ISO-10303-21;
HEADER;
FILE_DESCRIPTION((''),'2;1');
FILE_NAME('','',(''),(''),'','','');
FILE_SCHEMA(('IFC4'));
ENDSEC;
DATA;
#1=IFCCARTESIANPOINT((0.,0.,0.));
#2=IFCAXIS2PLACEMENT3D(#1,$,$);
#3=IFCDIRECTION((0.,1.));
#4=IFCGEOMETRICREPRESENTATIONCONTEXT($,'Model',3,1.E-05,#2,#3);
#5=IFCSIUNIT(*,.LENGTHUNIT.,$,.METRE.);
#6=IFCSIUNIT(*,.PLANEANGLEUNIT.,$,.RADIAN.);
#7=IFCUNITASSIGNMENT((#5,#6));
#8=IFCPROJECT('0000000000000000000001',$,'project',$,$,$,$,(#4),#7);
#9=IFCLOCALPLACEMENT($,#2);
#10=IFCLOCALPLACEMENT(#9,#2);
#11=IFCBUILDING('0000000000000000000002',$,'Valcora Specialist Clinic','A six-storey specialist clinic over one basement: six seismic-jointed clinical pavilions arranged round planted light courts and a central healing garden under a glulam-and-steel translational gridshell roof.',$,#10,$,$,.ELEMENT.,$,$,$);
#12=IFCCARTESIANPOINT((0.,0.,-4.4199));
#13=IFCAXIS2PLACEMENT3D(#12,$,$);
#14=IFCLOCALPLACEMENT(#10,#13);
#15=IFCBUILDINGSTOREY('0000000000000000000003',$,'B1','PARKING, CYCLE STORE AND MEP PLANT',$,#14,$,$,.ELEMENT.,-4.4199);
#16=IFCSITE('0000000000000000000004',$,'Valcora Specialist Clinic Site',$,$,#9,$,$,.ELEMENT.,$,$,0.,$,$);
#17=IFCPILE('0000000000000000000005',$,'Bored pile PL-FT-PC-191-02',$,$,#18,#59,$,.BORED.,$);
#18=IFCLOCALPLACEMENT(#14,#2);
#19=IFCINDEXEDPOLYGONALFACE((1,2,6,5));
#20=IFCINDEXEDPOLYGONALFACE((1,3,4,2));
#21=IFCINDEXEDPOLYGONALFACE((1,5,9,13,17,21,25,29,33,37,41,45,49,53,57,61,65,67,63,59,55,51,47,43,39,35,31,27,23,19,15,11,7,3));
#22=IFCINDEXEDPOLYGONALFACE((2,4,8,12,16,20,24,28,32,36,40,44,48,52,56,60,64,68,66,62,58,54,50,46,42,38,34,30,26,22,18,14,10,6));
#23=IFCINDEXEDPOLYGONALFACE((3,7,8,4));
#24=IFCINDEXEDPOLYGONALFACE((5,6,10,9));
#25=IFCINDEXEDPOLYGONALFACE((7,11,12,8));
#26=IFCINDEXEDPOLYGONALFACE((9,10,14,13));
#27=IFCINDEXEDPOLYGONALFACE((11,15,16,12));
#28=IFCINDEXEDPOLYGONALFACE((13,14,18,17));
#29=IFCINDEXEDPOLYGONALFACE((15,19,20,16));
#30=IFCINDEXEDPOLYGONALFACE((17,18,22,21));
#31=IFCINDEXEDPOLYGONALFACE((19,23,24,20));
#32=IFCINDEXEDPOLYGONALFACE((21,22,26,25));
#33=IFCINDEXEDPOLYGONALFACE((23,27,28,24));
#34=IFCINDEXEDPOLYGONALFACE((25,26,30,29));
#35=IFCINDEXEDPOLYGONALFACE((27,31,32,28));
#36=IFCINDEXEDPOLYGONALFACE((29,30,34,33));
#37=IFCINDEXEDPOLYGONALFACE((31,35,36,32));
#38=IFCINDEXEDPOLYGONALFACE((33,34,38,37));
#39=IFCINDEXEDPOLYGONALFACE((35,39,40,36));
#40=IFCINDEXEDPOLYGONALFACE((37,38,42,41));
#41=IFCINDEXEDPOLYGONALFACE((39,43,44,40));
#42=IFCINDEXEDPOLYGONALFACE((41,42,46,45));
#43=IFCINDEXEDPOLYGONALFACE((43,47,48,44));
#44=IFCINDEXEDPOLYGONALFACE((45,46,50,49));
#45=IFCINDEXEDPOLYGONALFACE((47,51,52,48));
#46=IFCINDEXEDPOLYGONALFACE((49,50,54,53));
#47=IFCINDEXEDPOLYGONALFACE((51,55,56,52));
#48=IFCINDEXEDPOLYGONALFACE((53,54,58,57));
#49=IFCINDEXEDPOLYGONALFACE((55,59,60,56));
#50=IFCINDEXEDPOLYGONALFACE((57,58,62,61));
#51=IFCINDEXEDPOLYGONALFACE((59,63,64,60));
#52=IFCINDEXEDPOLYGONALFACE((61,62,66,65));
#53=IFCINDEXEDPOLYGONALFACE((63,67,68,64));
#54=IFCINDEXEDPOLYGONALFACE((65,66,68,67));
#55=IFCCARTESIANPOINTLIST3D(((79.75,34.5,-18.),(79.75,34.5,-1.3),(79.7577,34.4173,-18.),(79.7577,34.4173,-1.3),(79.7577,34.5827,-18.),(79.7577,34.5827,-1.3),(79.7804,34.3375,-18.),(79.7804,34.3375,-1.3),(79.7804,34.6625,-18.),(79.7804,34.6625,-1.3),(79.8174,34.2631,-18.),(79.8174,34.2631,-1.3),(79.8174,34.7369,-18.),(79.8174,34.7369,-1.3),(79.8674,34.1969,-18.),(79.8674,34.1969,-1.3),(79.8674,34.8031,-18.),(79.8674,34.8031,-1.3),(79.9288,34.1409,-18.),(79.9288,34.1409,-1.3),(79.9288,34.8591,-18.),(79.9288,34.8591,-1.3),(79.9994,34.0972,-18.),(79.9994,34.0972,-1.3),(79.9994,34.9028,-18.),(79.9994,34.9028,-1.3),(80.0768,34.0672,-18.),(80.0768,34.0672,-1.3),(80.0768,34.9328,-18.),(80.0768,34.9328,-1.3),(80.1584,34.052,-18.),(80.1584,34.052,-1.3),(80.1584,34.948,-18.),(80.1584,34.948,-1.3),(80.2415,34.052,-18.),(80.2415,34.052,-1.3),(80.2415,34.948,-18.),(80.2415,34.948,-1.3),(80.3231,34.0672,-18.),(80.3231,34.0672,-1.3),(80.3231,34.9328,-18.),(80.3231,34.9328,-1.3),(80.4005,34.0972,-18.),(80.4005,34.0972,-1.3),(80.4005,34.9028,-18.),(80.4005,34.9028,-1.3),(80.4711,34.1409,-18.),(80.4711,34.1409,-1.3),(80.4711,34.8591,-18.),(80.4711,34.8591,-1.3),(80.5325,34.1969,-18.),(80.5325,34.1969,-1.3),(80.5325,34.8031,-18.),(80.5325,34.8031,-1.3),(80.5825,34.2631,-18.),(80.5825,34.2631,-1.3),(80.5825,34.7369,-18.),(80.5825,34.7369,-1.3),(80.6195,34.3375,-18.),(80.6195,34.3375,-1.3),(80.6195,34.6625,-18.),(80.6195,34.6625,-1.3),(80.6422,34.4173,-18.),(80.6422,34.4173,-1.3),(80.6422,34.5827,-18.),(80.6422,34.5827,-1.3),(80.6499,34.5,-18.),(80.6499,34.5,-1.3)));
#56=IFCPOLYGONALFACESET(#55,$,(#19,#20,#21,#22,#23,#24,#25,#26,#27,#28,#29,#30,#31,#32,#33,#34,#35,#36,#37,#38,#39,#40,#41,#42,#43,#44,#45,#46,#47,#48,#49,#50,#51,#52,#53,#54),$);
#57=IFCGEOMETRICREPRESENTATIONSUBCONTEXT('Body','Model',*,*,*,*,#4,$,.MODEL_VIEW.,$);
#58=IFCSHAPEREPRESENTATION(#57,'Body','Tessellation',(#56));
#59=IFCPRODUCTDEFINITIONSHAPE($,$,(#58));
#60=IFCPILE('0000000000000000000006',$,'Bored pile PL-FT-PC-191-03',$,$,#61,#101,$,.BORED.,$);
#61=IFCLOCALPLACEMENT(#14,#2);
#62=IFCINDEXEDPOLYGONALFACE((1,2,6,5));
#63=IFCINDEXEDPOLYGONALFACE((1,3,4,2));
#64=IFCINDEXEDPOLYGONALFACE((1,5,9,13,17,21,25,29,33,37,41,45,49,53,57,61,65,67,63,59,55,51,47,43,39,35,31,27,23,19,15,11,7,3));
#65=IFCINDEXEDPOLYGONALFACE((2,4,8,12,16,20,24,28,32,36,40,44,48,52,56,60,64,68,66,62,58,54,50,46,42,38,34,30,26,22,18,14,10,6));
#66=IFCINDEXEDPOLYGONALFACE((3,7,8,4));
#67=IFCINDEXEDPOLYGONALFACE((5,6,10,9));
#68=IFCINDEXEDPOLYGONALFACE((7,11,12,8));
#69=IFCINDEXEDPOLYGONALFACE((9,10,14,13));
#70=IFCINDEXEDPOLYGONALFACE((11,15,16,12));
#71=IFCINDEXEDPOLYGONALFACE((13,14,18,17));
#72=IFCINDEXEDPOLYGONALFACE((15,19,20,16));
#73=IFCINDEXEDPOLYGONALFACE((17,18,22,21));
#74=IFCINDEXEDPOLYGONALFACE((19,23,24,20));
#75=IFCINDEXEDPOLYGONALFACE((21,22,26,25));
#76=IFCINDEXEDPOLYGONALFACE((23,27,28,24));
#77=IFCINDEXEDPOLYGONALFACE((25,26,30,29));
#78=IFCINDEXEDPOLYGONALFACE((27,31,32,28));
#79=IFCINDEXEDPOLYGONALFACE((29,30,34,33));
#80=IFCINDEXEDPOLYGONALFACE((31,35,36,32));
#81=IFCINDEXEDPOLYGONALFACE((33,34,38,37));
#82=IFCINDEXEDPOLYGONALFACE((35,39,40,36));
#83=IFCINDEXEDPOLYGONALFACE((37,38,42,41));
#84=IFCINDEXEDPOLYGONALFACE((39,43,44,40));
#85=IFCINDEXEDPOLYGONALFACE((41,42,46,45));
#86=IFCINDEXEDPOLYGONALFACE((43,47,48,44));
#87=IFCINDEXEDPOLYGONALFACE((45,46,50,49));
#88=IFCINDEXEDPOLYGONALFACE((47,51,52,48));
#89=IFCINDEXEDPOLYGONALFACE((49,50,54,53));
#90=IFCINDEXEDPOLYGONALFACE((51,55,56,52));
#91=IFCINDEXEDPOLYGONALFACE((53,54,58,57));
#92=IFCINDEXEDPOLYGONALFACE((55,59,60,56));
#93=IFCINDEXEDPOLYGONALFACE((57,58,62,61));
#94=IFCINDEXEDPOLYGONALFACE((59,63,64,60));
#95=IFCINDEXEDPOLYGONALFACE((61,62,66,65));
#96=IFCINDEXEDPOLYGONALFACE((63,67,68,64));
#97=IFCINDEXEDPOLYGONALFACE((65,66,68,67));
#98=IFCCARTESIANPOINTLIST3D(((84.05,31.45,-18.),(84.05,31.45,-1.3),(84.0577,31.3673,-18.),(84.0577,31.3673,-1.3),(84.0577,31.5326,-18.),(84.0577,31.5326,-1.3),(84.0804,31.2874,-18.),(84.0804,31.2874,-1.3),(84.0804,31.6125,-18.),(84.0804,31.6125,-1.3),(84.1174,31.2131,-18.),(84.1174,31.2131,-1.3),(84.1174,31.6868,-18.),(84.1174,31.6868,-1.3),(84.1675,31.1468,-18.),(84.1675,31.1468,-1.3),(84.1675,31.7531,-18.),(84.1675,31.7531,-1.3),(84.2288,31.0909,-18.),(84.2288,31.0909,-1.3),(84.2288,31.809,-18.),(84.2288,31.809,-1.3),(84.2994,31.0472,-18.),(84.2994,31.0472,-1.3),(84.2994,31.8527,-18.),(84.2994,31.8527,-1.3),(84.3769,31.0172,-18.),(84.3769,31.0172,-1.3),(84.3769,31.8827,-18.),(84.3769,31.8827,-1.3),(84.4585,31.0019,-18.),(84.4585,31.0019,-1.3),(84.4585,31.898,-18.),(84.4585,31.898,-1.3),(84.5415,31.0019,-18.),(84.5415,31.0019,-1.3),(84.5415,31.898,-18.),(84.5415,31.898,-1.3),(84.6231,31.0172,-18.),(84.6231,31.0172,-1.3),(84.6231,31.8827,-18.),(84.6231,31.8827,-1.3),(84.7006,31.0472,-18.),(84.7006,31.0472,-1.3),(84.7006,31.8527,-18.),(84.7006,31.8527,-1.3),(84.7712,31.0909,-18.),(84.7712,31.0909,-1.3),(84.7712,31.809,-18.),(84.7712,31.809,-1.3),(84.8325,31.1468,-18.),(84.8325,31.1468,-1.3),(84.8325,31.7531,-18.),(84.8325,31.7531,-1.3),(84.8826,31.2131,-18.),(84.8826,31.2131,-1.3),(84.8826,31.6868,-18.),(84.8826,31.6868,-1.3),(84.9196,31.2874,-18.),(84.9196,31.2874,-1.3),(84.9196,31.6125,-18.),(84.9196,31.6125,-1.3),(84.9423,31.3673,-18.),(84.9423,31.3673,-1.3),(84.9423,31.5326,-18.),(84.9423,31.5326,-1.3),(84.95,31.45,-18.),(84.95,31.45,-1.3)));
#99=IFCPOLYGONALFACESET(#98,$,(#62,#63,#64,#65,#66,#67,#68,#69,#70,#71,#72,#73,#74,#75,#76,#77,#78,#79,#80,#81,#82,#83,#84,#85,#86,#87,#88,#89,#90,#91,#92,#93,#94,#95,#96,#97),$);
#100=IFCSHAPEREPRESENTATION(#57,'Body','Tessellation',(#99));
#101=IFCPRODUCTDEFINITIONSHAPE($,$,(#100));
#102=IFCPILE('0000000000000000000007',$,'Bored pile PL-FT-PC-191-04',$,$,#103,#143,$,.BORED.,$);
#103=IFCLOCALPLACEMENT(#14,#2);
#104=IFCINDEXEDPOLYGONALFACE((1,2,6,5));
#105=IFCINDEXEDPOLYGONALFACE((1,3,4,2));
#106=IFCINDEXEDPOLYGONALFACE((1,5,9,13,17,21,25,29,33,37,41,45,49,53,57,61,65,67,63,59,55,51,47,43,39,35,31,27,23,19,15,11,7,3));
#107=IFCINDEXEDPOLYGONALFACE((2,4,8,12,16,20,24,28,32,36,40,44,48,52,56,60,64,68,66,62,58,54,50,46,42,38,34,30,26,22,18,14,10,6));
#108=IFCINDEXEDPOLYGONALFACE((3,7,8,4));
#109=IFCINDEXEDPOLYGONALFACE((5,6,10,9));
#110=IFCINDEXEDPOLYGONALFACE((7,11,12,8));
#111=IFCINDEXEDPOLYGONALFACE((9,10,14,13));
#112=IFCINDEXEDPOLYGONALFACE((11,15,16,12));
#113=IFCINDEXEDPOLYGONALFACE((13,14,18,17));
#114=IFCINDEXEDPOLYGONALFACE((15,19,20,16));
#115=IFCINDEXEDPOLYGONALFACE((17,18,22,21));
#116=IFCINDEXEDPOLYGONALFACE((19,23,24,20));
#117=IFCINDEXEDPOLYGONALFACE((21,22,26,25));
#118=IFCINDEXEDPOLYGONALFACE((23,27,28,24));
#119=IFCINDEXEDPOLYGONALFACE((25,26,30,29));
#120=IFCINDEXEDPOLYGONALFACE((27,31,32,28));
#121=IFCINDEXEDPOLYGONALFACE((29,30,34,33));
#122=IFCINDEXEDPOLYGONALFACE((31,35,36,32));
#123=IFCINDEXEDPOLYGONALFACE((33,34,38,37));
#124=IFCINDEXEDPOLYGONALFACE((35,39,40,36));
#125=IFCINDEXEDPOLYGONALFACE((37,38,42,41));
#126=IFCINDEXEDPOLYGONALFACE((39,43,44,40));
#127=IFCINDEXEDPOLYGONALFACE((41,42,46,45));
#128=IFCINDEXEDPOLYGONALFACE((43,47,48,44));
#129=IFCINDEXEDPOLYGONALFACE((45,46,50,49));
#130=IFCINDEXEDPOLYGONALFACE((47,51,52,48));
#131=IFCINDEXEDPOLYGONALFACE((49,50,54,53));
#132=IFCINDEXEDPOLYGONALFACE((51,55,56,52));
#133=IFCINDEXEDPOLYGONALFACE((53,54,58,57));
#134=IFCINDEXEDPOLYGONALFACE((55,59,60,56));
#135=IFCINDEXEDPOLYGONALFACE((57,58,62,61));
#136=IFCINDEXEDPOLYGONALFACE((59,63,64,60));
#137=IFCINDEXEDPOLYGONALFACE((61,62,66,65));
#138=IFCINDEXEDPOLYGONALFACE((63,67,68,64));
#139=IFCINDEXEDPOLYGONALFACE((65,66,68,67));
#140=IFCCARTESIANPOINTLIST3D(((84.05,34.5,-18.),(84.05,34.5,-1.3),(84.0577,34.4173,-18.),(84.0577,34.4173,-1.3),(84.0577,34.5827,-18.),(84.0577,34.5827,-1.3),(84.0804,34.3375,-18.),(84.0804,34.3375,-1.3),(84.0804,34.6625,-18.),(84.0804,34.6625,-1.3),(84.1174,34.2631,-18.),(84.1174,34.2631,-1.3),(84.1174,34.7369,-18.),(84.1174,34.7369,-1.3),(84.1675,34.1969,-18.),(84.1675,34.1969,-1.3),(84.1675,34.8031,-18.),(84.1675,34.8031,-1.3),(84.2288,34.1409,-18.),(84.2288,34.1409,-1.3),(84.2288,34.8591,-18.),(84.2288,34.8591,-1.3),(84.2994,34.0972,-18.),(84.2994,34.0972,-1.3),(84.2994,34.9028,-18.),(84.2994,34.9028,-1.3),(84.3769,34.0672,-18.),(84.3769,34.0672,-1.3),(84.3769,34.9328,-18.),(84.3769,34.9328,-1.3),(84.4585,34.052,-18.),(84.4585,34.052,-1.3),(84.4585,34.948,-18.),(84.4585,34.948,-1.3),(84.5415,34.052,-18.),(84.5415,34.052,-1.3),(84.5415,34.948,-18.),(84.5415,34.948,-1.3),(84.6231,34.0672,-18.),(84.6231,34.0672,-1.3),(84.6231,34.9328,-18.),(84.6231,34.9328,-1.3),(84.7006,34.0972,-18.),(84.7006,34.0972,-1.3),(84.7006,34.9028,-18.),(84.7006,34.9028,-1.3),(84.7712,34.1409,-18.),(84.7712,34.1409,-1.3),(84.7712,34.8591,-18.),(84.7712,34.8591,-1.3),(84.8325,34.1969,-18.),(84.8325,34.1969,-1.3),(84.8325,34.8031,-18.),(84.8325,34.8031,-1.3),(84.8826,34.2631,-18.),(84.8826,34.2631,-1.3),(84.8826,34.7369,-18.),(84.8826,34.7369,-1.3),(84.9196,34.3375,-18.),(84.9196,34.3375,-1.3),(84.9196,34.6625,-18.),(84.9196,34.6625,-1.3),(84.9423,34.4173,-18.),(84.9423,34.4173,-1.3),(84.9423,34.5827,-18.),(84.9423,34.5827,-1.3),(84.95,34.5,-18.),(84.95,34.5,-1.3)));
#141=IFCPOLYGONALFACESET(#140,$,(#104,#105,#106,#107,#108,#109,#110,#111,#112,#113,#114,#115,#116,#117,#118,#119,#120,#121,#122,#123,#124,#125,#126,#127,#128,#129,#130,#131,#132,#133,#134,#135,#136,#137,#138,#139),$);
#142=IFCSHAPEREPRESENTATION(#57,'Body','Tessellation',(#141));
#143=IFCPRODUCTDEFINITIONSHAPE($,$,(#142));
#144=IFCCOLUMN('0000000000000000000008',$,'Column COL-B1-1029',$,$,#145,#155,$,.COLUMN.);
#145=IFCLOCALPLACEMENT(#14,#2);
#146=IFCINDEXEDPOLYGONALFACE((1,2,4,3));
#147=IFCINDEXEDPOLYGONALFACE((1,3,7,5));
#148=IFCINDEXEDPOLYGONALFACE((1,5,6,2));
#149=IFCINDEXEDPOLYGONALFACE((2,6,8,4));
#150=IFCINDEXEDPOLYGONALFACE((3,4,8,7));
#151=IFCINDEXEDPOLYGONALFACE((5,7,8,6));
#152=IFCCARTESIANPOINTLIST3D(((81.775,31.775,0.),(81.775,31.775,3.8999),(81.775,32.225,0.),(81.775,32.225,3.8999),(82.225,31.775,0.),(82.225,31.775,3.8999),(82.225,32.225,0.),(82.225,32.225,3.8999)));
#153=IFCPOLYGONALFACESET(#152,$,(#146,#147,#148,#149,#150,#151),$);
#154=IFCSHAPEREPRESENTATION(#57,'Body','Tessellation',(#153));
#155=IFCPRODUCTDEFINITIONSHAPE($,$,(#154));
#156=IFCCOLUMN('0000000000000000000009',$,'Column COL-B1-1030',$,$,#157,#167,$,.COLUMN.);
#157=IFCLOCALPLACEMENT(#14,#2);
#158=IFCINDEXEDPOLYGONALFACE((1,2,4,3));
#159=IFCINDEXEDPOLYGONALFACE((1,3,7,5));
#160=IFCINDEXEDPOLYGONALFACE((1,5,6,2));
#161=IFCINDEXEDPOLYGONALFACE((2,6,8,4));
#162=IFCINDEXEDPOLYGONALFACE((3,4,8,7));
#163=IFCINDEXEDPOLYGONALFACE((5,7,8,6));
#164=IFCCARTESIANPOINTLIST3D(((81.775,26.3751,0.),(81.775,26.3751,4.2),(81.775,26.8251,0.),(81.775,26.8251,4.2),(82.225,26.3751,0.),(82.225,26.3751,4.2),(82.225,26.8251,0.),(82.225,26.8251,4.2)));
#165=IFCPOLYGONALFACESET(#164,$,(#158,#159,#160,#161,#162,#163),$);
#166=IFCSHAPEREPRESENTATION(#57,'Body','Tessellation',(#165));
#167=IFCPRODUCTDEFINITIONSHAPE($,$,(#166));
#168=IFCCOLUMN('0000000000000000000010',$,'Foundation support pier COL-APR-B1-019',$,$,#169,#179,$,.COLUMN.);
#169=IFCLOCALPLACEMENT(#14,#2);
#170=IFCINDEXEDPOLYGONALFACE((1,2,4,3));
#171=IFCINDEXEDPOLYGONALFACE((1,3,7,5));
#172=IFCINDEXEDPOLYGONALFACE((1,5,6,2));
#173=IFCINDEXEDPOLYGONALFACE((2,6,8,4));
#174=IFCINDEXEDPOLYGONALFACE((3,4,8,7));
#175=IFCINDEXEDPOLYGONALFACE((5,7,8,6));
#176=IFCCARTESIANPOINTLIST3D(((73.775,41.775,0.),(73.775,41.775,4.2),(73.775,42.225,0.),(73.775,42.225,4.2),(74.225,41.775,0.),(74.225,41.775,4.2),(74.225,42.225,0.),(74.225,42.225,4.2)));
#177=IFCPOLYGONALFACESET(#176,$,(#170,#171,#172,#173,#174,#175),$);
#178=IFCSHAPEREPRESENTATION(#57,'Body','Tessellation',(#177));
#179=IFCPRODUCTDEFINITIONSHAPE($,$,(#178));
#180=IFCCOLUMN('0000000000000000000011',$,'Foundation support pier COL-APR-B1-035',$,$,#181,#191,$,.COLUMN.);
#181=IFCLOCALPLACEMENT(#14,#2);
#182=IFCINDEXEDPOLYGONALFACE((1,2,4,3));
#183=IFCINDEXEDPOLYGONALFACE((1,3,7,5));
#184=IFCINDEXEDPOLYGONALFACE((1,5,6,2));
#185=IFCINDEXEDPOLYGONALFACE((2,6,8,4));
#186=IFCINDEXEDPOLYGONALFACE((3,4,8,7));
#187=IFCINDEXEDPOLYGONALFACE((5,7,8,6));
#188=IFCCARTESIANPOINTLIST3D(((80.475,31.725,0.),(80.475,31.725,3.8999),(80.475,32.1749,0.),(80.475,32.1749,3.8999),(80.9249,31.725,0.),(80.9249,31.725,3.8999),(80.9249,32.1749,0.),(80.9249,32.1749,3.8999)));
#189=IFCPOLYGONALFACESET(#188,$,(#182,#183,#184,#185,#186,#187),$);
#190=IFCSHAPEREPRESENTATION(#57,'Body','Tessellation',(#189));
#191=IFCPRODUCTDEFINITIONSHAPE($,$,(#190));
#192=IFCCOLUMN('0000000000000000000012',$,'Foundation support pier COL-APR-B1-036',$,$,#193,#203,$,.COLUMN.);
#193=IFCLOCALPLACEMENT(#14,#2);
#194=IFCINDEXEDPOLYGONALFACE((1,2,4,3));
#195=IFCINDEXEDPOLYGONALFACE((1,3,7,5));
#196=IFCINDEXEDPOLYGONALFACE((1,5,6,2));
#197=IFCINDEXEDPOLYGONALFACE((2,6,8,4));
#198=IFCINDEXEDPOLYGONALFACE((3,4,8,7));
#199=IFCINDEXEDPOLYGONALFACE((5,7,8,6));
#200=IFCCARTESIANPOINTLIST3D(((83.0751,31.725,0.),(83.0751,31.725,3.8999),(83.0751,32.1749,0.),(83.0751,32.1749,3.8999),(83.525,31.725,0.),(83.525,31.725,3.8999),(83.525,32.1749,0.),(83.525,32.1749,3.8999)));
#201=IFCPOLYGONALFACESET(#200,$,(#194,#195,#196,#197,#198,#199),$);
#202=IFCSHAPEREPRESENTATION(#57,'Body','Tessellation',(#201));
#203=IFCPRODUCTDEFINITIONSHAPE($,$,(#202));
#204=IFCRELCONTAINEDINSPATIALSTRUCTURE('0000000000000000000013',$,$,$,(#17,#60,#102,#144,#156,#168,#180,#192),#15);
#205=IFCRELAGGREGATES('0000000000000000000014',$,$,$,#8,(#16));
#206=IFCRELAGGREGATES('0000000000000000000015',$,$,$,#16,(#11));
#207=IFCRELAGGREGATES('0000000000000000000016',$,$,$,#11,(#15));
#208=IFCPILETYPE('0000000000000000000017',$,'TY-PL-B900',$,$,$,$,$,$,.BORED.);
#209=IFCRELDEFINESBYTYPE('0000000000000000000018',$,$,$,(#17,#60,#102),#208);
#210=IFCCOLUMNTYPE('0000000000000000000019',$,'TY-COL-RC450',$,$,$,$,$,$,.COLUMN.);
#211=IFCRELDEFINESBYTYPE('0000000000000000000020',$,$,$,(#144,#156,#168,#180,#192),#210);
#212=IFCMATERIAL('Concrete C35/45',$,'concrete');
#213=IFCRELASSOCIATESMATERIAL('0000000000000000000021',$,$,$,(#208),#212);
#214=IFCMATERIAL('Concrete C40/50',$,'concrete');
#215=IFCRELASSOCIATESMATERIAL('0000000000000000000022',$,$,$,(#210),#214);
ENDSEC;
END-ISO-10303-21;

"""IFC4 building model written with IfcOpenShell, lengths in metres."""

from ifc_helpers import new_model, si_unit, direction, frame, origin, origin_2d, place, context, subcontext, project, spatial, rectangle, circle, extrude, material, material_profile, profile_set, type_object, element, save


model = new_model("IFC4")

# Units and contexts
model_context = context("Model", 3, precision=1e-05, world=origin(), true_north=direction((0.0, 1.0)))
body_context = subcontext(model_context, "Body", "Model", "MODEL_VIEW")
ifc_project = project(units=[si_unit("LENGTHUNIT", "METRE"), si_unit("PLANEANGLEUNIT", "RADIAN")], contexts=[model_context])

# Site, building, storey
site_placement = place(None, origin())
site = spatial("IfcSite", under=ifc_project, at=site_placement, Name="Valcora Specialist Clinic Site", CompositionType="ELEMENT", RefElevation=0.0)
building_placement = place(site_placement, origin())
building = spatial("IfcBuilding", under=site, at=building_placement, Name="Valcora Specialist Clinic", Description="A six-storey specialist clinic over one basement: six seismic-jointed clinical pavilions arranged round planted light courts and a central healing garden under a glulam-and-steel translational gridshell roof.", CompositionType="ELEMENT")
storey_placement = place(building_placement, frame((0.0, 0.0, -4.4199)))
storey = spatial("IfcBuildingStorey", under=building, at=storey_placement, Name="B1", Description="PARKING, CYCLE STORE AND MEP PLANT", CompositionType="ELEMENT", Elevation=-4.4199)

# Shared definitions
ifc_material_1 = material(Name="Concrete C35/45", Category="concrete")

# Piles
ifc_material_profile_1 = material_profile(ifc_material_1, circle(Radius=0.45, at=origin_2d()), Name="RC-PIL-D900")
ifc_profile_set_1 = profile_set([ifc_material_profile_1], Name="Concrete C35/45")
pile_type_1 = type_object("IfcPileType", Name="TY-PL-B900", PredefinedType="BORED", material=ifc_profile_set_1)
for number, where, z_axis, x_axis, name in (
    (1, (80.2, 34.5, -1.3), (0.0, 0.0, -1.0), (1.0, 0.0, 0.0), "Bored pile PL-FT-PC-191-02"),
    (2, (84.5, 31.45, -1.3), (0.0, 0.0, -1.0), (1.0, 0.0, 0.0), "Bored pile PL-FT-PC-191-03"),
    (3, (84.5, 34.5, -1.3), (0.0, 0.0, -1.0), (1.0, 0.0, 0.0), "Bored pile PL-FT-PC-191-04"),
):
    element("IfcPile", number, at=place(storey_placement, frame(where, z_axis=z_axis, x_axis=x_axis)), inside=storey, type_object=pile_type_1, Name=name, PredefinedType="BORED", context=body_context, shape_type="SweptSolid", body=[
        extrude(circle(Radius=0.45, at=origin_2d()), origin(), (0.0, 0.0, 1.0), 16.7),
    ])

# Columns
ifc_material_2 = material(Name="Concrete C40/50", Category="concrete")
ifc_material_profile_2 = material_profile(ifc_material_2, rectangle(XDim=0.45, YDim=0.45, at=origin_2d()), Name="RC-COL-450X450")
ifc_profile_set_2 = profile_set([ifc_material_profile_2], Name="Concrete C40/50")
column_type_1 = type_object("IfcColumnType", Name="TY-COL-RC450", PredefinedType="COLUMN", material=ifc_profile_set_2)
column_1_placement = place(storey_placement, frame((82.0, 32.0, 0.0), z_axis=(0.0, 0.0, 1.0), x_axis=(1.0, 0.0, 0.0)))
element("IfcColumn", 4, at=column_1_placement, inside=storey, type_object=column_type_1, Name="Column COL-B1-1029", PredefinedType="COLUMN", context=body_context, shape_type="SweptSolid", body=[
    extrude(rectangle(XDim=0.45, YDim=0.45, at=origin_2d()), origin(), (0.0, 0.0, 1.0), 3.8999),
])
for number, where, z_axis, x_axis, name in (
    (5, (82.0, 26.6001, 0.0), (0.0, 0.0, 1.0), (1.0, 0.0, 0.0), "Column COL-B1-1030"),
    (6, (74.0, 42.0, 0.0), (0.0, 0.0, 1.0), (1.0, 0.0, 0.0), "Foundation support pier COL-APR-B1-019"),
):
    element("IfcColumn", number, at=place(storey_placement, frame(where, z_axis=z_axis, x_axis=x_axis)), inside=storey, type_object=column_type_1, Name=name, PredefinedType="COLUMN", context=body_context, shape_type="SweptSolid", body=[
        extrude(rectangle(XDim=0.45, YDim=0.45, at=origin_2d()), origin(), (0.0, 0.0, 1.0), 4.2),
    ])
for number, where, z_axis, x_axis, name in (
    (7, (80.7, 31.95, 0.0), (0.0, 0.0, 1.0), (1.0, 0.0, 0.0), "Foundation support pier COL-APR-B1-035"),
    (8, (83.3, 31.95, 0.0), (0.0, 0.0, 1.0), (1.0, 0.0, 0.0), "Foundation support pier COL-APR-B1-036"),
):
    element("IfcColumn", number, at=place(storey_placement, frame(where, z_axis=z_axis, x_axis=x_axis)), inside=storey, type_object=column_type_1, Name=name, PredefinedType="COLUMN", context=body_context, shape_type="SweptSolid", body=[
        extrude(rectangle(XDim=0.45, YDim=0.45, at=origin_2d()), origin(), (0.0, 0.0, 1.0), 3.8999),
    ])

save(model, "model.ifc")
